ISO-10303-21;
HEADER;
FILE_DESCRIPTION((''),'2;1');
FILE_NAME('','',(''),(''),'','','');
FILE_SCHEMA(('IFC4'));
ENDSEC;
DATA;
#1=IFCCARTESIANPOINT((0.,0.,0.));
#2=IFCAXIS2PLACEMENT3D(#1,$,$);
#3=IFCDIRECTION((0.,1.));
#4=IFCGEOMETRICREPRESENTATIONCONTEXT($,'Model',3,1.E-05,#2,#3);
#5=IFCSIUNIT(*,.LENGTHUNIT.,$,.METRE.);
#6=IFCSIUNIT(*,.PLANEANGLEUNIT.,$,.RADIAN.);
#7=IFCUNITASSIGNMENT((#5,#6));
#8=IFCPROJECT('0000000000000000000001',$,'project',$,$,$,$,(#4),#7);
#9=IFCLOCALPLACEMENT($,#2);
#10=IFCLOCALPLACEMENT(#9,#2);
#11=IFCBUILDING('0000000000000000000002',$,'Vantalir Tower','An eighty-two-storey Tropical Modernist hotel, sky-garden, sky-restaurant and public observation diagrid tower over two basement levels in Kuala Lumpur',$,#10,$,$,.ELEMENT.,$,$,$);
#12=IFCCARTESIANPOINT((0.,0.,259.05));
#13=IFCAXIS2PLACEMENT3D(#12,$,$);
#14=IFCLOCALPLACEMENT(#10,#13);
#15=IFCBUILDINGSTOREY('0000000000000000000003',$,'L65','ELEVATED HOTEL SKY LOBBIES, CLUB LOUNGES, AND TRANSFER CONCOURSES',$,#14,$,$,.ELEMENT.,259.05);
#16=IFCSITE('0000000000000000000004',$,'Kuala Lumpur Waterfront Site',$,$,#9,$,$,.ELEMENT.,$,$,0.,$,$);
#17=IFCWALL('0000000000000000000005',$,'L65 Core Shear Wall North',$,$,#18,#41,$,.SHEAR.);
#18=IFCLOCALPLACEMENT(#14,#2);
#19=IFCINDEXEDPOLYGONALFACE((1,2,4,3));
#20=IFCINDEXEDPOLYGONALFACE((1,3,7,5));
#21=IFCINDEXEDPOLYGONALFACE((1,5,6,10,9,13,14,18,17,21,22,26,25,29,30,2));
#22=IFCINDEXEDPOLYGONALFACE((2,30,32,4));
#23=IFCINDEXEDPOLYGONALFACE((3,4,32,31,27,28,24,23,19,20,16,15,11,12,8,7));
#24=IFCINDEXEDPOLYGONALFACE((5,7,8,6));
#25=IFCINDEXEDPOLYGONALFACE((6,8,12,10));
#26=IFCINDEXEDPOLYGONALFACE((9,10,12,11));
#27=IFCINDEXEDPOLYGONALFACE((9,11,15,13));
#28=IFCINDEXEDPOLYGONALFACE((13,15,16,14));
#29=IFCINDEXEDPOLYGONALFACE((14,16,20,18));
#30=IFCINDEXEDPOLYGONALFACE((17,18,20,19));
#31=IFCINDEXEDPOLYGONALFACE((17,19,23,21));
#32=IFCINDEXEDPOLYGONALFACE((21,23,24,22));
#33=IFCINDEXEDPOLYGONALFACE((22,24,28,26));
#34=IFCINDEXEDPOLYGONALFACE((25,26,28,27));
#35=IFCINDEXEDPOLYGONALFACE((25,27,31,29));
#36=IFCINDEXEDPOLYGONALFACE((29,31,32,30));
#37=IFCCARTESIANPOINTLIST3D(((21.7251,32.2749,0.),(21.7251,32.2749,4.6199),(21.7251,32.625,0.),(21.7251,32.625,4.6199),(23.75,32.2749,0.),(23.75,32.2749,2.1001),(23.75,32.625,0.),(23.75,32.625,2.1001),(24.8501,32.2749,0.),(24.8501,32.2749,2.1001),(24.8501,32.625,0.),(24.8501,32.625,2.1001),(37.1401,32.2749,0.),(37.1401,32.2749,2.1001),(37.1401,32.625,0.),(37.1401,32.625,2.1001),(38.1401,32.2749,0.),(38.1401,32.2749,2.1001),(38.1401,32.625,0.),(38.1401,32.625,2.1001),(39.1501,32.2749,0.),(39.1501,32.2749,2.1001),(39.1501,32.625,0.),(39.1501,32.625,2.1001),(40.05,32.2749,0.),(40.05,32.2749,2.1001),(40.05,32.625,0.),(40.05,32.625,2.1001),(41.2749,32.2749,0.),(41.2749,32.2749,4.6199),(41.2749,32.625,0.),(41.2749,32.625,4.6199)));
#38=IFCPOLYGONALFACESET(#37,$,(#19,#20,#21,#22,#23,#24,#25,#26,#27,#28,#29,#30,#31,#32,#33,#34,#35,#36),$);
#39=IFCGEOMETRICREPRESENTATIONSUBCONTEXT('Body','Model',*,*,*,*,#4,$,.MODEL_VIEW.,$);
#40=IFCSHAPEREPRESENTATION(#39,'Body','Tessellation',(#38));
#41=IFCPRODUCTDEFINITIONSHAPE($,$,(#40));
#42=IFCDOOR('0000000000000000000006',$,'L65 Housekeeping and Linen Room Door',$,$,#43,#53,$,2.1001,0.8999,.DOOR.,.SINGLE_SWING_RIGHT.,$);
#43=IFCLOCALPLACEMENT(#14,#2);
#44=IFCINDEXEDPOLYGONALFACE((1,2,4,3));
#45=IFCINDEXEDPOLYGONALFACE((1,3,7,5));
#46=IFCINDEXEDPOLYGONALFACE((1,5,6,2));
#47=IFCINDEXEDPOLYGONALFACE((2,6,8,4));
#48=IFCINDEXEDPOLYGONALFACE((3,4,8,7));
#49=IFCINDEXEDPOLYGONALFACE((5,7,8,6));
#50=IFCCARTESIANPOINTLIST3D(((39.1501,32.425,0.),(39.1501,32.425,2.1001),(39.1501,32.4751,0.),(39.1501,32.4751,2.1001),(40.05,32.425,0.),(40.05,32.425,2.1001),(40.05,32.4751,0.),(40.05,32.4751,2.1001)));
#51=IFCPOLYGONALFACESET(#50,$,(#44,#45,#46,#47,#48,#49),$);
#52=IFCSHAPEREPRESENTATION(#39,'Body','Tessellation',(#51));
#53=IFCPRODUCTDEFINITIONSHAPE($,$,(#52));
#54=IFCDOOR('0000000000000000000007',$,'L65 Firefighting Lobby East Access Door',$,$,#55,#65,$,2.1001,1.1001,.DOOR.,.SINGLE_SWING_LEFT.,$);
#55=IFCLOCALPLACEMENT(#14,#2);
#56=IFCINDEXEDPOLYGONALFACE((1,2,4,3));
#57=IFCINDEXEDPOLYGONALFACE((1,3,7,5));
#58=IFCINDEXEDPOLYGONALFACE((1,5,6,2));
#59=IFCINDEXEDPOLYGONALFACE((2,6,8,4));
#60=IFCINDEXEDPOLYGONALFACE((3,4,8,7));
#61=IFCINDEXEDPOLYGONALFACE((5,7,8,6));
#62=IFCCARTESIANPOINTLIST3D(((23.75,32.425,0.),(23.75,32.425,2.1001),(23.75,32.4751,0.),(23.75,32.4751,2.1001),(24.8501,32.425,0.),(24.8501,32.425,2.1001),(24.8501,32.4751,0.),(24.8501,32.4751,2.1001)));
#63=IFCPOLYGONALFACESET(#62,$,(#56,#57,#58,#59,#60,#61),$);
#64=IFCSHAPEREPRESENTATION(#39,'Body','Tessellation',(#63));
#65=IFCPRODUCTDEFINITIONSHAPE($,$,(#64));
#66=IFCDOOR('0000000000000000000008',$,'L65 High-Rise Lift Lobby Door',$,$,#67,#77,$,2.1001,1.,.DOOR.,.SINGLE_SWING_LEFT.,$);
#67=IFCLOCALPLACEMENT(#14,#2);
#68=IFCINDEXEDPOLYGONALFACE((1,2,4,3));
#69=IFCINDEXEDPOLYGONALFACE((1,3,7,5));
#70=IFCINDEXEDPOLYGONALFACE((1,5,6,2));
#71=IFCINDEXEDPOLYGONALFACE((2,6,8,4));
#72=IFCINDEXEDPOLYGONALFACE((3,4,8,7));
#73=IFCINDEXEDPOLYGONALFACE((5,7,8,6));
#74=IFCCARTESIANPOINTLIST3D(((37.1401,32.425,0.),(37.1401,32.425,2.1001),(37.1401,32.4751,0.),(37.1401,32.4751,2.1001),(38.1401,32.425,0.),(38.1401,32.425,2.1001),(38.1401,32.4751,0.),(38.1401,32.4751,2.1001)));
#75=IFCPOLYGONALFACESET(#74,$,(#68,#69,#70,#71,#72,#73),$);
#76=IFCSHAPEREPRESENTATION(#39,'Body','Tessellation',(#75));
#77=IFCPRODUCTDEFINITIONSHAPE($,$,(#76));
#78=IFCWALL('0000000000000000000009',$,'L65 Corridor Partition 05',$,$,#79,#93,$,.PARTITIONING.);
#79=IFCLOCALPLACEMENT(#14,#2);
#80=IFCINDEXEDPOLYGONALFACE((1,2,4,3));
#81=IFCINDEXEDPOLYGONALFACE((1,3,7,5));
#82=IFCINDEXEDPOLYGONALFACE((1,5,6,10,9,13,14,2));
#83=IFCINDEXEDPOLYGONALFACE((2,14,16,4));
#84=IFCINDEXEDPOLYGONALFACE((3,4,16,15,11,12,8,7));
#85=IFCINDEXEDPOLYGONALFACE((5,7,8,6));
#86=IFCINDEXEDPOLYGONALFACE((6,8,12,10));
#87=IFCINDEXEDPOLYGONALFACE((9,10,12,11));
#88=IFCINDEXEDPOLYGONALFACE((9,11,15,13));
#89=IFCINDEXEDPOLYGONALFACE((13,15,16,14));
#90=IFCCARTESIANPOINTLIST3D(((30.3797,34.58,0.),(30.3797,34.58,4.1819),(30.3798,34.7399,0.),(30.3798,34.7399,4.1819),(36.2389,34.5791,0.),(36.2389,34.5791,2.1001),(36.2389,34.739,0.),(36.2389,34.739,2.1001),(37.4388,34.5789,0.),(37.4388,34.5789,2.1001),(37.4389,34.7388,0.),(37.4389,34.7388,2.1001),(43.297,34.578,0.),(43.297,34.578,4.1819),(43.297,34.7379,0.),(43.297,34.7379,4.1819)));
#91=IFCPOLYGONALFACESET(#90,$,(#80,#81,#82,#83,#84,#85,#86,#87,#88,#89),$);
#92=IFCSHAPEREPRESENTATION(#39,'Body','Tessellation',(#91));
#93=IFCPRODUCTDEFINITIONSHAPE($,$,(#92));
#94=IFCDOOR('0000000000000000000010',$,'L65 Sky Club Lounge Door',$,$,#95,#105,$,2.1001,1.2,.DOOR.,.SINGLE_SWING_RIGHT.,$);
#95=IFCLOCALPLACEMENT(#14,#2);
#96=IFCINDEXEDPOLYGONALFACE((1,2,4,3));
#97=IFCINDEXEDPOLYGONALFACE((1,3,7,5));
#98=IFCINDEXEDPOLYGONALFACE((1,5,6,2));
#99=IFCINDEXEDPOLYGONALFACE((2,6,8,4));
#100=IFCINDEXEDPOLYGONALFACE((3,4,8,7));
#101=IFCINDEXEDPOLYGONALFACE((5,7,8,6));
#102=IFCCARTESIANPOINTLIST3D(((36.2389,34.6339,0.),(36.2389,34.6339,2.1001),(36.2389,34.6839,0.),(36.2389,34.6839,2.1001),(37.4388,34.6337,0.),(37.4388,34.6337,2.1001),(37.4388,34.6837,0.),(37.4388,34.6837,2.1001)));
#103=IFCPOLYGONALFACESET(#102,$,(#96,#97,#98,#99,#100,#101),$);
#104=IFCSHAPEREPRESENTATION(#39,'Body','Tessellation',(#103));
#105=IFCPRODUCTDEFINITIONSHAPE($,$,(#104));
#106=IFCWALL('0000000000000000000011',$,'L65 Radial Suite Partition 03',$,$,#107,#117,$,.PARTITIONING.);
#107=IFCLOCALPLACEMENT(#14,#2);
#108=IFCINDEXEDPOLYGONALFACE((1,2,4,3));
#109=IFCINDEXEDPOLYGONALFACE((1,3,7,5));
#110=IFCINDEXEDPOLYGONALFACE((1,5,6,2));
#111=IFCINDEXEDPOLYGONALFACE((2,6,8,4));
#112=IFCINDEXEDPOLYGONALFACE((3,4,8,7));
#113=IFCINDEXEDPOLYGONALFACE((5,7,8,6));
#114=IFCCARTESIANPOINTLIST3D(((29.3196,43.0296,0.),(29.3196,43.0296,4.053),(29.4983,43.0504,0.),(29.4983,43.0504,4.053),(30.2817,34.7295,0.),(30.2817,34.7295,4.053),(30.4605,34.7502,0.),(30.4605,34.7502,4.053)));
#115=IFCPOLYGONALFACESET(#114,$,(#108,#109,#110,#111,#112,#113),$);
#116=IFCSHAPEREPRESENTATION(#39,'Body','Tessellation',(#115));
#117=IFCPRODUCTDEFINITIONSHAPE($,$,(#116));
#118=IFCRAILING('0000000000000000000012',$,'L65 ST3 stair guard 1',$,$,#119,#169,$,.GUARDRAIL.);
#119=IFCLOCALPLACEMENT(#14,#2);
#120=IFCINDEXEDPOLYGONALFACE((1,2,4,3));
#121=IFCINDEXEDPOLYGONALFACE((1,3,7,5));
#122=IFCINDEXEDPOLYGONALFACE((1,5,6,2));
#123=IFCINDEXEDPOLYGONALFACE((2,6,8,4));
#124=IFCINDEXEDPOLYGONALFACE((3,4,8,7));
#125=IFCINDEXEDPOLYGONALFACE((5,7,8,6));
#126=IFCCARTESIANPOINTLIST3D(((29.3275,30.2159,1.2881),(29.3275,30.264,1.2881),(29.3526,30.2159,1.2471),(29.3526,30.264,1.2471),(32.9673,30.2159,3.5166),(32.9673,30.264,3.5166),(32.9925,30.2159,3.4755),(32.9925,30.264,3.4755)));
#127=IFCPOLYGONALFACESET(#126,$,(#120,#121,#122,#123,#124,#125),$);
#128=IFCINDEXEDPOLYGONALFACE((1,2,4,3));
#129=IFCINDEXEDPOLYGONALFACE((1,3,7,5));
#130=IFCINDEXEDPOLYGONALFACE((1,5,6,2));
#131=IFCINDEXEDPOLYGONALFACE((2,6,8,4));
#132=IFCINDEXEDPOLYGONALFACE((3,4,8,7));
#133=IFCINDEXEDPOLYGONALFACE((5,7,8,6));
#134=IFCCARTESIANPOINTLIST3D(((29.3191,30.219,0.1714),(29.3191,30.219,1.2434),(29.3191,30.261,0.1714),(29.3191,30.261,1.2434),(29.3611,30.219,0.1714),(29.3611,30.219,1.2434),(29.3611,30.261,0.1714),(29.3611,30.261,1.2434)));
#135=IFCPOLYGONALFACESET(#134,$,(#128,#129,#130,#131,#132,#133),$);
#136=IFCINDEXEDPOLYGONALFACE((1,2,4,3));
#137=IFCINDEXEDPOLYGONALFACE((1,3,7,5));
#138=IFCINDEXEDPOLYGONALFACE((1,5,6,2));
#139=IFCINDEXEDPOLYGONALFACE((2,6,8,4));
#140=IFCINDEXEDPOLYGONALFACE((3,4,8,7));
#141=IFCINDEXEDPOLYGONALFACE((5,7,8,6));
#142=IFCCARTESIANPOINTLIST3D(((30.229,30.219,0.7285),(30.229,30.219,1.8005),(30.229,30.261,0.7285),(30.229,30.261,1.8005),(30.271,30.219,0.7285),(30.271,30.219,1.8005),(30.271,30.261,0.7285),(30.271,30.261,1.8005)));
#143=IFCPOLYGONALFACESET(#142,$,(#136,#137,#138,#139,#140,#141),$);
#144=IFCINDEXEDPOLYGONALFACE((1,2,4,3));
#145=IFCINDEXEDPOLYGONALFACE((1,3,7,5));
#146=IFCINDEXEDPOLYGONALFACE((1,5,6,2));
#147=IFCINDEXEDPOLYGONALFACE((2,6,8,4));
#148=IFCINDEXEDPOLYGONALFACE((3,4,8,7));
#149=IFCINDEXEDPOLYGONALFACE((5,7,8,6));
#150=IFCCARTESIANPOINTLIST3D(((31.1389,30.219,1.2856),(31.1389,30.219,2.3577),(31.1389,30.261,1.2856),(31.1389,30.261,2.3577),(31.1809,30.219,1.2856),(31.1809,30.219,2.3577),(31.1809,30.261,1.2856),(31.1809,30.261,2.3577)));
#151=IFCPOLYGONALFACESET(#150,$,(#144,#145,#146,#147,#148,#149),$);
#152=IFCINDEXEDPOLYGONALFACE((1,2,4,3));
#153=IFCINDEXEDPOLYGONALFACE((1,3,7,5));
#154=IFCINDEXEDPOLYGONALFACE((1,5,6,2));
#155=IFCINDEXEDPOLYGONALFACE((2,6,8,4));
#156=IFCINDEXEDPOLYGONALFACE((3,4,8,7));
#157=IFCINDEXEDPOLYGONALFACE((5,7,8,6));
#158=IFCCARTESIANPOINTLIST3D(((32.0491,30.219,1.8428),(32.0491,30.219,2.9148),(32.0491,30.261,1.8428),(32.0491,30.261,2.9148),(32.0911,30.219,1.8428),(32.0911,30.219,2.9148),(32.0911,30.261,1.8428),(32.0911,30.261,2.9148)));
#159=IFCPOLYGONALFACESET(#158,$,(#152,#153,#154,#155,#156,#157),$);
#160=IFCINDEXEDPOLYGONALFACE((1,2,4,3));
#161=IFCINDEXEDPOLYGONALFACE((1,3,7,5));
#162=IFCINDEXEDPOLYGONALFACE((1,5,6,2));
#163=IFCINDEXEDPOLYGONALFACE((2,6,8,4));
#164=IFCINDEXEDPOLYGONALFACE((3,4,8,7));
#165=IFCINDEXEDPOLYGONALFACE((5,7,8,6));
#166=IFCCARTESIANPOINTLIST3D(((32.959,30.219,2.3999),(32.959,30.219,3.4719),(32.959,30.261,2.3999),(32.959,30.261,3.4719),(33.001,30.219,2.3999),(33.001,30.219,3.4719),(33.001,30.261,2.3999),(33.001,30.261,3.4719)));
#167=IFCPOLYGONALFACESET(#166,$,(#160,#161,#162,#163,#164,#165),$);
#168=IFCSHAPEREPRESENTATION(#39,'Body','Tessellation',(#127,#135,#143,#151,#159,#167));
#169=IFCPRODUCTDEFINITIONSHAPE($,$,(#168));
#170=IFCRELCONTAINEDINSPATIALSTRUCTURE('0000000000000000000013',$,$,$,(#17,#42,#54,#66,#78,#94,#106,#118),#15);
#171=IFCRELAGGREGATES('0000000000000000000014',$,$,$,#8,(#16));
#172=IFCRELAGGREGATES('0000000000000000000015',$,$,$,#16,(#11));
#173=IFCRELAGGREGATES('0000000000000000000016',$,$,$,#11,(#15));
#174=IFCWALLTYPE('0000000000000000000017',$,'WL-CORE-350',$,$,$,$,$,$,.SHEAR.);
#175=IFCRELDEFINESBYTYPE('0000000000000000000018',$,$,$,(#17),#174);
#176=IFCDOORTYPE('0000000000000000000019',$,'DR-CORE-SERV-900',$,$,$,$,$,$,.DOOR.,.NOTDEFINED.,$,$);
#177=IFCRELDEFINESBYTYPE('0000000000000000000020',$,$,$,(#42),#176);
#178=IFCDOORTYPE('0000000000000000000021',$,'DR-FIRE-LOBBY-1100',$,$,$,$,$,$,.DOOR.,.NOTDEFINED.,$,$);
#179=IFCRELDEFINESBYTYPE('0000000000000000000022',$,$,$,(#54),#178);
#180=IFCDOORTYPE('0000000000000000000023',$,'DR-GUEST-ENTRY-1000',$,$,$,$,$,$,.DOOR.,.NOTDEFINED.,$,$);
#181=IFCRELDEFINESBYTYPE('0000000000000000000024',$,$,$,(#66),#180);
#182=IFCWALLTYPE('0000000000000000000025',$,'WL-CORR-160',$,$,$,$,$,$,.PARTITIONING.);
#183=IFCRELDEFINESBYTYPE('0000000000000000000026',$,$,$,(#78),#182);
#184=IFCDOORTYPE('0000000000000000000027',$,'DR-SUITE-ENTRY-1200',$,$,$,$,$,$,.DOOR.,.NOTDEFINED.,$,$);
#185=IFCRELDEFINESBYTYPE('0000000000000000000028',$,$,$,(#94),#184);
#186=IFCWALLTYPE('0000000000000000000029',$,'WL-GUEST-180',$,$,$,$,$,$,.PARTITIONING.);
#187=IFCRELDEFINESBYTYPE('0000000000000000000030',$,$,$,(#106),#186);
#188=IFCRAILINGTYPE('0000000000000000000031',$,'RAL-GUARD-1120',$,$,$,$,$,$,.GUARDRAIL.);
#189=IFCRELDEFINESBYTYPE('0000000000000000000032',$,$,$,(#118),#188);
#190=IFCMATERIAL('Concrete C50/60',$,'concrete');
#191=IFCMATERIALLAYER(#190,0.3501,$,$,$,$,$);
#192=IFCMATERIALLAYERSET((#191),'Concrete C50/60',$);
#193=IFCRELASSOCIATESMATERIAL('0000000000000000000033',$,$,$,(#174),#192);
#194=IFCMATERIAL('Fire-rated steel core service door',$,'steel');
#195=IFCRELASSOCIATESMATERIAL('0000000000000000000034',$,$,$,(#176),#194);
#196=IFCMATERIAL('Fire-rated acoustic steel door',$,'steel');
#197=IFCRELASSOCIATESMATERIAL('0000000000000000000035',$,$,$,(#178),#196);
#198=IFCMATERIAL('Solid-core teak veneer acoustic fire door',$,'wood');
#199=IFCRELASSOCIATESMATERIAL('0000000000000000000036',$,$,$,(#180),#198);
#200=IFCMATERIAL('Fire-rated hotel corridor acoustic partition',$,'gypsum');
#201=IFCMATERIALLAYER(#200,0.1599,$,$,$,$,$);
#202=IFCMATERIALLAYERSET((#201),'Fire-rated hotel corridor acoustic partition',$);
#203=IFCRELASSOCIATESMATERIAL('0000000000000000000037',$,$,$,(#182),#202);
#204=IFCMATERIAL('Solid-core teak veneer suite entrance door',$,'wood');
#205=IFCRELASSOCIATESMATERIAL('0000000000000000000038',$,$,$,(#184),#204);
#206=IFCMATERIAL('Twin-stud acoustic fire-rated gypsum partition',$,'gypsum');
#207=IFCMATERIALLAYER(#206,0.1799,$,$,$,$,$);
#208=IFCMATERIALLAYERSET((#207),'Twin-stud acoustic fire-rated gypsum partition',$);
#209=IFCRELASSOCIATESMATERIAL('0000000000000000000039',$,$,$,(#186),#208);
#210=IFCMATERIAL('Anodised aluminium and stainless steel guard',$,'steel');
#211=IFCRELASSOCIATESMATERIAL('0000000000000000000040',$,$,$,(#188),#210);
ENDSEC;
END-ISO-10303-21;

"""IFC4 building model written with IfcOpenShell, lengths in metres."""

from ifc_helpers import new_model, si_unit, direction, frame, frame_2d, origin, origin_2d, place, context, subcontext, project, spatial, rectangle, extrude, material, layer, layer_set, type_object, element, fill, save


model = new_model("IFC4")

# Units and contexts
model_context = context("Model", 3, precision=1e-05, world=origin(), true_north=direction((0.0, 1.0)))
body_context = subcontext(model_context, "Body", "Model", "MODEL_VIEW")
ifc_project = project(units=[si_unit("LENGTHUNIT", "METRE"), si_unit("PLANEANGLEUNIT", "RADIAN")], contexts=[model_context])

# Site, building, storey
site_placement = place(None, origin())
site = spatial("IfcSite", under=ifc_project, at=site_placement, Name="Kuala Lumpur Waterfront Site", CompositionType="ELEMENT", RefElevation=0.0)
building_placement = place(site_placement, origin())
building = spatial("IfcBuilding", under=site, at=building_placement, Name="Vantalir Tower", Description="An eighty-two-storey Tropical Modernist hotel, sky-garden, sky-restaurant and public observation diagrid tower over two basement levels in Kuala Lumpur", CompositionType="ELEMENT")
storey_placement = place(building_placement, frame((0.0, 0.0, 259.05)))
storey = spatial("IfcBuildingStorey", under=building, at=storey_placement, Name="L65", Description="ELEVATED HOTEL SKY LOBBIES, CLUB LOUNGES, AND TRANSFER CONCOURSES", CompositionType="ELEMENT", Elevation=259.05)

# Shared definitions
ifc_material_1 = material(Name="Concrete C50/60", Category="concrete")

# Wall, openings, doors
ifc_layer_1 = layer(ifc_material_1, 0.3501)
ifc_layer_set_1 = layer_set([ifc_layer_1], Name="Concrete C50/60")
wall_type_1 = type_object("IfcWallType", Name="WL-CORE-350", PredefinedType="SHEAR", material=ifc_layer_set_1)
wall_1_placement = place(storey_placement, frame((21.7251, 32.45, 0.0), z_axis=(0.0, 0.0, 1.0), x_axis=(1.0, 0.0, 0.0)))
wall_1 = element("IfcWall", 1, at=wall_1_placement, inside=storey, type_object=wall_type_1, Name="L65 Core Shear Wall North", PredefinedType="SHEAR", context=body_context, shape_type="SweptSolid", body=[
    extrude(rectangle(XDim=19.5498, YDim=0.3501, at=frame_2d((9.7749, 0.0))), origin(), (0.0, 0.0, 1.0), 4.6199),
])
opening_1_placement = place(wall_1_placement, frame((2.0249, 0.0, 0.0)))
opening_1 = element("IfcOpeningElement", 2, at=opening_1_placement, cuts=wall_1, PredefinedType="OPENING", context=body_context, shape_type="SweptSolid", body=[
    extrude(rectangle(XDim=1.1001, YDim=2.1001, at=frame_2d((0.55, 1.05))), frame((0.0, 0.1851, 0.0), z_axis=(0.0, -1.0, 0.0), x_axis=(1.0, 0.0, 0.0)), (0.0, 0.0, 1.0), 0.3701),
])
opening_2_placement = place(wall_1_placement, frame((15.415, 0.0, 0.0)))
opening_2 = element("IfcOpeningElement", 3, at=opening_2_placement, cuts=wall_1, PredefinedType="OPENING", context=body_context, shape_type="SweptSolid", body=[
    extrude(rectangle(XDim=1.0, YDim=2.1001, at=frame_2d((0.5, 1.05))), frame((0.0, 0.1851, 0.0), z_axis=(0.0, -1.0, 0.0), x_axis=(1.0, 0.0, 0.0)), (0.0, 0.0, 1.0), 0.3701),
])
opening_3_placement = place(wall_1_placement, frame((17.425, 0.0, 0.0)))
opening_3 = element("IfcOpeningElement", 4, at=opening_3_placement, cuts=wall_1, PredefinedType="OPENING", context=body_context, shape_type="SweptSolid", body=[
    extrude(rectangle(XDim=0.8999, YDim=2.1001, at=frame_2d((0.45, 1.05))), frame((0.0, 0.1851, 0.0), z_axis=(0.0, -1.0, 0.0), x_axis=(1.0, 0.0, 0.0)), (0.0, 0.0, 1.0), 0.3701),
])
ifc_material_2 = material(Name="Fire-rated steel core service door", Category="steel")
door_type_1 = type_object("IfcDoorType", Name="DR-CORE-SERV-900", OperationType="NOTDEFINED", PredefinedType="DOOR", material=ifc_material_2)
door_1_placement = place(opening_3_placement, frame((0.8999, 0.0, 0.0), z_axis=(0.0, 0.0, 1.0), x_axis=(-1.0, 0.0, 0.0)))
door_1 = element("IfcDoor", 5, at=door_1_placement, inside=storey, type_object=door_type_1, Name="L65 Housekeeping and Linen Room Door", OperationType="SINGLE_SWING_RIGHT", OverallHeight=2.1001, OverallWidth=0.8999, PredefinedType="DOOR", context=body_context, shape_type="SweptSolid", body=[
    extrude(rectangle(XDim=0.8999, YDim=2.1001, at=frame_2d((0.45, 1.05))), frame((0.0, 0.0249, 0.0), z_axis=(0.0, -1.0, 0.0), x_axis=(1.0, 0.0, 0.0)), (0.0, 0.0, 1.0), 0.05),
])
fill(opening_3, door_1)
ifc_material_3 = material(Name="Fire-rated acoustic steel door", Category="steel")
door_type_2 = type_object("IfcDoorType", Name="DR-FIRE-LOBBY-1100", OperationType="NOTDEFINED", PredefinedType="DOOR", material=ifc_material_3)
door_2_placement = place(opening_1_placement, frame((1.1001, 0.0, 0.0), z_axis=(0.0, 0.0, 1.0), x_axis=(-1.0, 0.0, 0.0)))
door_2 = element("IfcDoor", 6, at=door_2_placement, inside=storey, type_object=door_type_2, Name="L65 Firefighting Lobby East Access Door", OperationType="SINGLE_SWING_LEFT", OverallHeight=2.1001, OverallWidth=1.1001, PredefinedType="DOOR", context=body_context, shape_type="SweptSolid", body=[
    extrude(rectangle(XDim=1.1001, YDim=2.1001, at=frame_2d((0.55, 1.05))), frame((0.0, 0.0249, 0.0), z_axis=(0.0, -1.0, 0.0), x_axis=(1.0, 0.0, 0.0)), (0.0, 0.0, 1.0), 0.05),
])
fill(opening_1, door_2)
ifc_material_4 = material(Name="Solid-core teak veneer acoustic fire door", Category="wood")
door_type_3 = type_object("IfcDoorType", Name="DR-GUEST-ENTRY-1000", OperationType="NOTDEFINED", PredefinedType="DOOR", material=ifc_material_4)
door_3_placement = place(opening_2_placement, frame((1.0, 0.0, 0.0), z_axis=(0.0, 0.0, 1.0), x_axis=(-1.0, 0.0, 0.0)))
door_3 = element("IfcDoor", 7, at=door_3_placement, inside=storey, type_object=door_type_3, Name="L65 High-Rise Lift Lobby Door", OperationType="SINGLE_SWING_LEFT", OverallHeight=2.1001, OverallWidth=1.0, PredefinedType="DOOR", context=body_context, shape_type="SweptSolid", body=[
    extrude(rectangle(XDim=1.0, YDim=2.1001, at=frame_2d((0.5, 1.05))), frame((0.0, 0.0249, 0.0), z_axis=(0.0, -1.0, 0.0), x_axis=(1.0, 0.0, 0.0)), (0.0, 0.0, 1.0), 0.05),
])
fill(opening_2, door_3)

# Wall, opening, door
ifc_material_5 = material(Name="Fire-rated hotel corridor acoustic partition", Category="gypsum")
ifc_layer_2 = layer(ifc_material_5, 0.1599)
ifc_layer_set_2 = layer_set([ifc_layer_2], Name="Fire-rated hotel corridor acoustic partition")
wall_type_2 = type_object("IfcWallType", Name="WL-CORR-160", PredefinedType="PARTITIONING", material=ifc_layer_set_2)
wall_2_placement = place(storey_placement, frame((30.3799, 34.6599, 0.0), z_axis=(0.0, 0.0, 1.0), x_axis=(1.0, -0.000151, 0.0)))
wall_2 = element("IfcWall", 8, at=wall_2_placement, inside=storey, type_object=wall_type_2, Name="L65 Corridor Partition 05", PredefinedType="PARTITIONING", context=body_context, shape_type="SweptSolid", body=[
    extrude(rectangle(XDim=12.9172, YDim=0.1599, at=frame_2d((6.4585, 0.0))), origin(), (0.0, 0.0, 1.0), 4.1819),
])
opening_4_placement = place(wall_2_placement, frame((5.8589, 0.0, 0.0)))
opening_4 = element("IfcOpeningElement", 9, at=opening_4_placement, cuts=wall_2, PredefinedType="OPENING", context=body_context, shape_type="SweptSolid", body=[
    extrude(rectangle(XDim=1.2, YDim=2.1001, at=frame_2d((0.6001, 1.05))), frame((0.0, 0.0898, 0.0), z_axis=(0.0, -1.0, 0.0), x_axis=(1.0, 0.0, 0.0)), (0.0, 0.0, 1.0), 0.1799),
])
ifc_material_6 = material(Name="Solid-core teak veneer suite entrance door", Category="wood")
door_type_4 = type_object("IfcDoorType", Name="DR-SUITE-ENTRY-1200", OperationType="NOTDEFINED", PredefinedType="DOOR", material=ifc_material_6)
door_4_placement = place(opening_4_placement, origin())
door_4 = element("IfcDoor", 10, at=door_4_placement, inside=storey, type_object=door_type_4, Name="L65 Sky Club Lounge Door", OperationType="SINGLE_SWING_RIGHT", OverallHeight=2.1001, OverallWidth=1.2, PredefinedType="DOOR", context=body_context, shape_type="SweptSolid", body=[
    extrude(rectangle(XDim=1.2, YDim=2.1001, at=frame_2d((0.6001, 1.05))), frame((0.0, 0.0249, 0.0), z_axis=(0.0, -1.0, 0.0), x_axis=(1.0, 0.0, 0.0)), (0.0, 0.0, 1.0), 0.05),
])
fill(opening_4, door_4)

# Wall
ifc_material_7 = material(Name="Twin-stud acoustic fire-rated gypsum partition", Category="gypsum")
ifc_layer_3 = layer(ifc_material_7, 0.1799)
ifc_layer_set_3 = layer_set([ifc_layer_3], Name="Twin-stud acoustic fire-rated gypsum partition")
wall_type_3 = type_object("IfcWallType", Name="WL-GUEST-180", PredefinedType="PARTITIONING", material=ifc_layer_set_3)
wall_3_placement = place(storey_placement, frame((30.3711, 34.74, 0.0), z_axis=(0.0, 0.0, 1.0), x_axis=(-0.115151, 0.993348, 0.0)))
element("IfcWall", 11, at=wall_3_placement, inside=storey, type_object=wall_type_3, Name="L65 Radial Suite Partition 03", PredefinedType="PARTITIONING", context=body_context, shape_type="SweptSolid", body=[
    extrude(rectangle(XDim=8.3557, YDim=0.1799, at=frame_2d((4.1777, 0.0))), origin(), (0.0, 0.0, 1.0), 4.053),
])

# Railing
ifc_material_8 = material(Name="Anodised aluminium and stainless steel guard", Category="steel")
railing_type = type_object("IfcRailingType", Name="RAL-GUARD-1120", PredefinedType="GUARDRAIL", material=ifc_material_8)
railing_1_placement = place(storey_placement, frame((29.3401, 30.24, 0.1714)))
element("IfcRailing", 12, at=railing_1_placement, inside=storey, type_object=railing_type, Name="L65 ST3 stair guard 1", PredefinedType="GUARDRAIL", context=body_context, shape_type="SweptSolid", body=[
    extrude(rectangle(XDim=0.0481, YDim=0.0481, at=origin_2d()), frame((0.0, 0.0, 1.0962), z_axis=(0.85285, 0.0, 0.522156), x_axis=(0.0, 1.0, 0.0)), (0.0, 0.0, 1.0), 4.2678),
    extrude(rectangle(XDim=0.042, YDim=0.042, at=origin_2d()), origin(), (0.0, 0.0, 1.0), 1.072),
    extrude(rectangle(XDim=0.042, YDim=0.042, at=origin_2d()), frame((0.9099, 0.0, 0.5571)), (0.0, 0.0, 1.0), 1.072),
    extrude(rectangle(XDim=0.042, YDim=0.042, at=origin_2d()), frame((1.8198, 0.0, 1.1143)), (0.0, 0.0, 1.0), 1.072),
    extrude(rectangle(XDim=0.042, YDim=0.042, at=origin_2d()), frame((2.73, 0.0, 1.6714)), (0.0, 0.0, 1.0), 1.072),
    extrude(rectangle(XDim=0.042, YDim=0.042, at=origin_2d()), frame((3.6399, 0.0, 2.2285)), (0.0, 0.0, 1.0), 1.072),
])

save(model, "model.ifc")
